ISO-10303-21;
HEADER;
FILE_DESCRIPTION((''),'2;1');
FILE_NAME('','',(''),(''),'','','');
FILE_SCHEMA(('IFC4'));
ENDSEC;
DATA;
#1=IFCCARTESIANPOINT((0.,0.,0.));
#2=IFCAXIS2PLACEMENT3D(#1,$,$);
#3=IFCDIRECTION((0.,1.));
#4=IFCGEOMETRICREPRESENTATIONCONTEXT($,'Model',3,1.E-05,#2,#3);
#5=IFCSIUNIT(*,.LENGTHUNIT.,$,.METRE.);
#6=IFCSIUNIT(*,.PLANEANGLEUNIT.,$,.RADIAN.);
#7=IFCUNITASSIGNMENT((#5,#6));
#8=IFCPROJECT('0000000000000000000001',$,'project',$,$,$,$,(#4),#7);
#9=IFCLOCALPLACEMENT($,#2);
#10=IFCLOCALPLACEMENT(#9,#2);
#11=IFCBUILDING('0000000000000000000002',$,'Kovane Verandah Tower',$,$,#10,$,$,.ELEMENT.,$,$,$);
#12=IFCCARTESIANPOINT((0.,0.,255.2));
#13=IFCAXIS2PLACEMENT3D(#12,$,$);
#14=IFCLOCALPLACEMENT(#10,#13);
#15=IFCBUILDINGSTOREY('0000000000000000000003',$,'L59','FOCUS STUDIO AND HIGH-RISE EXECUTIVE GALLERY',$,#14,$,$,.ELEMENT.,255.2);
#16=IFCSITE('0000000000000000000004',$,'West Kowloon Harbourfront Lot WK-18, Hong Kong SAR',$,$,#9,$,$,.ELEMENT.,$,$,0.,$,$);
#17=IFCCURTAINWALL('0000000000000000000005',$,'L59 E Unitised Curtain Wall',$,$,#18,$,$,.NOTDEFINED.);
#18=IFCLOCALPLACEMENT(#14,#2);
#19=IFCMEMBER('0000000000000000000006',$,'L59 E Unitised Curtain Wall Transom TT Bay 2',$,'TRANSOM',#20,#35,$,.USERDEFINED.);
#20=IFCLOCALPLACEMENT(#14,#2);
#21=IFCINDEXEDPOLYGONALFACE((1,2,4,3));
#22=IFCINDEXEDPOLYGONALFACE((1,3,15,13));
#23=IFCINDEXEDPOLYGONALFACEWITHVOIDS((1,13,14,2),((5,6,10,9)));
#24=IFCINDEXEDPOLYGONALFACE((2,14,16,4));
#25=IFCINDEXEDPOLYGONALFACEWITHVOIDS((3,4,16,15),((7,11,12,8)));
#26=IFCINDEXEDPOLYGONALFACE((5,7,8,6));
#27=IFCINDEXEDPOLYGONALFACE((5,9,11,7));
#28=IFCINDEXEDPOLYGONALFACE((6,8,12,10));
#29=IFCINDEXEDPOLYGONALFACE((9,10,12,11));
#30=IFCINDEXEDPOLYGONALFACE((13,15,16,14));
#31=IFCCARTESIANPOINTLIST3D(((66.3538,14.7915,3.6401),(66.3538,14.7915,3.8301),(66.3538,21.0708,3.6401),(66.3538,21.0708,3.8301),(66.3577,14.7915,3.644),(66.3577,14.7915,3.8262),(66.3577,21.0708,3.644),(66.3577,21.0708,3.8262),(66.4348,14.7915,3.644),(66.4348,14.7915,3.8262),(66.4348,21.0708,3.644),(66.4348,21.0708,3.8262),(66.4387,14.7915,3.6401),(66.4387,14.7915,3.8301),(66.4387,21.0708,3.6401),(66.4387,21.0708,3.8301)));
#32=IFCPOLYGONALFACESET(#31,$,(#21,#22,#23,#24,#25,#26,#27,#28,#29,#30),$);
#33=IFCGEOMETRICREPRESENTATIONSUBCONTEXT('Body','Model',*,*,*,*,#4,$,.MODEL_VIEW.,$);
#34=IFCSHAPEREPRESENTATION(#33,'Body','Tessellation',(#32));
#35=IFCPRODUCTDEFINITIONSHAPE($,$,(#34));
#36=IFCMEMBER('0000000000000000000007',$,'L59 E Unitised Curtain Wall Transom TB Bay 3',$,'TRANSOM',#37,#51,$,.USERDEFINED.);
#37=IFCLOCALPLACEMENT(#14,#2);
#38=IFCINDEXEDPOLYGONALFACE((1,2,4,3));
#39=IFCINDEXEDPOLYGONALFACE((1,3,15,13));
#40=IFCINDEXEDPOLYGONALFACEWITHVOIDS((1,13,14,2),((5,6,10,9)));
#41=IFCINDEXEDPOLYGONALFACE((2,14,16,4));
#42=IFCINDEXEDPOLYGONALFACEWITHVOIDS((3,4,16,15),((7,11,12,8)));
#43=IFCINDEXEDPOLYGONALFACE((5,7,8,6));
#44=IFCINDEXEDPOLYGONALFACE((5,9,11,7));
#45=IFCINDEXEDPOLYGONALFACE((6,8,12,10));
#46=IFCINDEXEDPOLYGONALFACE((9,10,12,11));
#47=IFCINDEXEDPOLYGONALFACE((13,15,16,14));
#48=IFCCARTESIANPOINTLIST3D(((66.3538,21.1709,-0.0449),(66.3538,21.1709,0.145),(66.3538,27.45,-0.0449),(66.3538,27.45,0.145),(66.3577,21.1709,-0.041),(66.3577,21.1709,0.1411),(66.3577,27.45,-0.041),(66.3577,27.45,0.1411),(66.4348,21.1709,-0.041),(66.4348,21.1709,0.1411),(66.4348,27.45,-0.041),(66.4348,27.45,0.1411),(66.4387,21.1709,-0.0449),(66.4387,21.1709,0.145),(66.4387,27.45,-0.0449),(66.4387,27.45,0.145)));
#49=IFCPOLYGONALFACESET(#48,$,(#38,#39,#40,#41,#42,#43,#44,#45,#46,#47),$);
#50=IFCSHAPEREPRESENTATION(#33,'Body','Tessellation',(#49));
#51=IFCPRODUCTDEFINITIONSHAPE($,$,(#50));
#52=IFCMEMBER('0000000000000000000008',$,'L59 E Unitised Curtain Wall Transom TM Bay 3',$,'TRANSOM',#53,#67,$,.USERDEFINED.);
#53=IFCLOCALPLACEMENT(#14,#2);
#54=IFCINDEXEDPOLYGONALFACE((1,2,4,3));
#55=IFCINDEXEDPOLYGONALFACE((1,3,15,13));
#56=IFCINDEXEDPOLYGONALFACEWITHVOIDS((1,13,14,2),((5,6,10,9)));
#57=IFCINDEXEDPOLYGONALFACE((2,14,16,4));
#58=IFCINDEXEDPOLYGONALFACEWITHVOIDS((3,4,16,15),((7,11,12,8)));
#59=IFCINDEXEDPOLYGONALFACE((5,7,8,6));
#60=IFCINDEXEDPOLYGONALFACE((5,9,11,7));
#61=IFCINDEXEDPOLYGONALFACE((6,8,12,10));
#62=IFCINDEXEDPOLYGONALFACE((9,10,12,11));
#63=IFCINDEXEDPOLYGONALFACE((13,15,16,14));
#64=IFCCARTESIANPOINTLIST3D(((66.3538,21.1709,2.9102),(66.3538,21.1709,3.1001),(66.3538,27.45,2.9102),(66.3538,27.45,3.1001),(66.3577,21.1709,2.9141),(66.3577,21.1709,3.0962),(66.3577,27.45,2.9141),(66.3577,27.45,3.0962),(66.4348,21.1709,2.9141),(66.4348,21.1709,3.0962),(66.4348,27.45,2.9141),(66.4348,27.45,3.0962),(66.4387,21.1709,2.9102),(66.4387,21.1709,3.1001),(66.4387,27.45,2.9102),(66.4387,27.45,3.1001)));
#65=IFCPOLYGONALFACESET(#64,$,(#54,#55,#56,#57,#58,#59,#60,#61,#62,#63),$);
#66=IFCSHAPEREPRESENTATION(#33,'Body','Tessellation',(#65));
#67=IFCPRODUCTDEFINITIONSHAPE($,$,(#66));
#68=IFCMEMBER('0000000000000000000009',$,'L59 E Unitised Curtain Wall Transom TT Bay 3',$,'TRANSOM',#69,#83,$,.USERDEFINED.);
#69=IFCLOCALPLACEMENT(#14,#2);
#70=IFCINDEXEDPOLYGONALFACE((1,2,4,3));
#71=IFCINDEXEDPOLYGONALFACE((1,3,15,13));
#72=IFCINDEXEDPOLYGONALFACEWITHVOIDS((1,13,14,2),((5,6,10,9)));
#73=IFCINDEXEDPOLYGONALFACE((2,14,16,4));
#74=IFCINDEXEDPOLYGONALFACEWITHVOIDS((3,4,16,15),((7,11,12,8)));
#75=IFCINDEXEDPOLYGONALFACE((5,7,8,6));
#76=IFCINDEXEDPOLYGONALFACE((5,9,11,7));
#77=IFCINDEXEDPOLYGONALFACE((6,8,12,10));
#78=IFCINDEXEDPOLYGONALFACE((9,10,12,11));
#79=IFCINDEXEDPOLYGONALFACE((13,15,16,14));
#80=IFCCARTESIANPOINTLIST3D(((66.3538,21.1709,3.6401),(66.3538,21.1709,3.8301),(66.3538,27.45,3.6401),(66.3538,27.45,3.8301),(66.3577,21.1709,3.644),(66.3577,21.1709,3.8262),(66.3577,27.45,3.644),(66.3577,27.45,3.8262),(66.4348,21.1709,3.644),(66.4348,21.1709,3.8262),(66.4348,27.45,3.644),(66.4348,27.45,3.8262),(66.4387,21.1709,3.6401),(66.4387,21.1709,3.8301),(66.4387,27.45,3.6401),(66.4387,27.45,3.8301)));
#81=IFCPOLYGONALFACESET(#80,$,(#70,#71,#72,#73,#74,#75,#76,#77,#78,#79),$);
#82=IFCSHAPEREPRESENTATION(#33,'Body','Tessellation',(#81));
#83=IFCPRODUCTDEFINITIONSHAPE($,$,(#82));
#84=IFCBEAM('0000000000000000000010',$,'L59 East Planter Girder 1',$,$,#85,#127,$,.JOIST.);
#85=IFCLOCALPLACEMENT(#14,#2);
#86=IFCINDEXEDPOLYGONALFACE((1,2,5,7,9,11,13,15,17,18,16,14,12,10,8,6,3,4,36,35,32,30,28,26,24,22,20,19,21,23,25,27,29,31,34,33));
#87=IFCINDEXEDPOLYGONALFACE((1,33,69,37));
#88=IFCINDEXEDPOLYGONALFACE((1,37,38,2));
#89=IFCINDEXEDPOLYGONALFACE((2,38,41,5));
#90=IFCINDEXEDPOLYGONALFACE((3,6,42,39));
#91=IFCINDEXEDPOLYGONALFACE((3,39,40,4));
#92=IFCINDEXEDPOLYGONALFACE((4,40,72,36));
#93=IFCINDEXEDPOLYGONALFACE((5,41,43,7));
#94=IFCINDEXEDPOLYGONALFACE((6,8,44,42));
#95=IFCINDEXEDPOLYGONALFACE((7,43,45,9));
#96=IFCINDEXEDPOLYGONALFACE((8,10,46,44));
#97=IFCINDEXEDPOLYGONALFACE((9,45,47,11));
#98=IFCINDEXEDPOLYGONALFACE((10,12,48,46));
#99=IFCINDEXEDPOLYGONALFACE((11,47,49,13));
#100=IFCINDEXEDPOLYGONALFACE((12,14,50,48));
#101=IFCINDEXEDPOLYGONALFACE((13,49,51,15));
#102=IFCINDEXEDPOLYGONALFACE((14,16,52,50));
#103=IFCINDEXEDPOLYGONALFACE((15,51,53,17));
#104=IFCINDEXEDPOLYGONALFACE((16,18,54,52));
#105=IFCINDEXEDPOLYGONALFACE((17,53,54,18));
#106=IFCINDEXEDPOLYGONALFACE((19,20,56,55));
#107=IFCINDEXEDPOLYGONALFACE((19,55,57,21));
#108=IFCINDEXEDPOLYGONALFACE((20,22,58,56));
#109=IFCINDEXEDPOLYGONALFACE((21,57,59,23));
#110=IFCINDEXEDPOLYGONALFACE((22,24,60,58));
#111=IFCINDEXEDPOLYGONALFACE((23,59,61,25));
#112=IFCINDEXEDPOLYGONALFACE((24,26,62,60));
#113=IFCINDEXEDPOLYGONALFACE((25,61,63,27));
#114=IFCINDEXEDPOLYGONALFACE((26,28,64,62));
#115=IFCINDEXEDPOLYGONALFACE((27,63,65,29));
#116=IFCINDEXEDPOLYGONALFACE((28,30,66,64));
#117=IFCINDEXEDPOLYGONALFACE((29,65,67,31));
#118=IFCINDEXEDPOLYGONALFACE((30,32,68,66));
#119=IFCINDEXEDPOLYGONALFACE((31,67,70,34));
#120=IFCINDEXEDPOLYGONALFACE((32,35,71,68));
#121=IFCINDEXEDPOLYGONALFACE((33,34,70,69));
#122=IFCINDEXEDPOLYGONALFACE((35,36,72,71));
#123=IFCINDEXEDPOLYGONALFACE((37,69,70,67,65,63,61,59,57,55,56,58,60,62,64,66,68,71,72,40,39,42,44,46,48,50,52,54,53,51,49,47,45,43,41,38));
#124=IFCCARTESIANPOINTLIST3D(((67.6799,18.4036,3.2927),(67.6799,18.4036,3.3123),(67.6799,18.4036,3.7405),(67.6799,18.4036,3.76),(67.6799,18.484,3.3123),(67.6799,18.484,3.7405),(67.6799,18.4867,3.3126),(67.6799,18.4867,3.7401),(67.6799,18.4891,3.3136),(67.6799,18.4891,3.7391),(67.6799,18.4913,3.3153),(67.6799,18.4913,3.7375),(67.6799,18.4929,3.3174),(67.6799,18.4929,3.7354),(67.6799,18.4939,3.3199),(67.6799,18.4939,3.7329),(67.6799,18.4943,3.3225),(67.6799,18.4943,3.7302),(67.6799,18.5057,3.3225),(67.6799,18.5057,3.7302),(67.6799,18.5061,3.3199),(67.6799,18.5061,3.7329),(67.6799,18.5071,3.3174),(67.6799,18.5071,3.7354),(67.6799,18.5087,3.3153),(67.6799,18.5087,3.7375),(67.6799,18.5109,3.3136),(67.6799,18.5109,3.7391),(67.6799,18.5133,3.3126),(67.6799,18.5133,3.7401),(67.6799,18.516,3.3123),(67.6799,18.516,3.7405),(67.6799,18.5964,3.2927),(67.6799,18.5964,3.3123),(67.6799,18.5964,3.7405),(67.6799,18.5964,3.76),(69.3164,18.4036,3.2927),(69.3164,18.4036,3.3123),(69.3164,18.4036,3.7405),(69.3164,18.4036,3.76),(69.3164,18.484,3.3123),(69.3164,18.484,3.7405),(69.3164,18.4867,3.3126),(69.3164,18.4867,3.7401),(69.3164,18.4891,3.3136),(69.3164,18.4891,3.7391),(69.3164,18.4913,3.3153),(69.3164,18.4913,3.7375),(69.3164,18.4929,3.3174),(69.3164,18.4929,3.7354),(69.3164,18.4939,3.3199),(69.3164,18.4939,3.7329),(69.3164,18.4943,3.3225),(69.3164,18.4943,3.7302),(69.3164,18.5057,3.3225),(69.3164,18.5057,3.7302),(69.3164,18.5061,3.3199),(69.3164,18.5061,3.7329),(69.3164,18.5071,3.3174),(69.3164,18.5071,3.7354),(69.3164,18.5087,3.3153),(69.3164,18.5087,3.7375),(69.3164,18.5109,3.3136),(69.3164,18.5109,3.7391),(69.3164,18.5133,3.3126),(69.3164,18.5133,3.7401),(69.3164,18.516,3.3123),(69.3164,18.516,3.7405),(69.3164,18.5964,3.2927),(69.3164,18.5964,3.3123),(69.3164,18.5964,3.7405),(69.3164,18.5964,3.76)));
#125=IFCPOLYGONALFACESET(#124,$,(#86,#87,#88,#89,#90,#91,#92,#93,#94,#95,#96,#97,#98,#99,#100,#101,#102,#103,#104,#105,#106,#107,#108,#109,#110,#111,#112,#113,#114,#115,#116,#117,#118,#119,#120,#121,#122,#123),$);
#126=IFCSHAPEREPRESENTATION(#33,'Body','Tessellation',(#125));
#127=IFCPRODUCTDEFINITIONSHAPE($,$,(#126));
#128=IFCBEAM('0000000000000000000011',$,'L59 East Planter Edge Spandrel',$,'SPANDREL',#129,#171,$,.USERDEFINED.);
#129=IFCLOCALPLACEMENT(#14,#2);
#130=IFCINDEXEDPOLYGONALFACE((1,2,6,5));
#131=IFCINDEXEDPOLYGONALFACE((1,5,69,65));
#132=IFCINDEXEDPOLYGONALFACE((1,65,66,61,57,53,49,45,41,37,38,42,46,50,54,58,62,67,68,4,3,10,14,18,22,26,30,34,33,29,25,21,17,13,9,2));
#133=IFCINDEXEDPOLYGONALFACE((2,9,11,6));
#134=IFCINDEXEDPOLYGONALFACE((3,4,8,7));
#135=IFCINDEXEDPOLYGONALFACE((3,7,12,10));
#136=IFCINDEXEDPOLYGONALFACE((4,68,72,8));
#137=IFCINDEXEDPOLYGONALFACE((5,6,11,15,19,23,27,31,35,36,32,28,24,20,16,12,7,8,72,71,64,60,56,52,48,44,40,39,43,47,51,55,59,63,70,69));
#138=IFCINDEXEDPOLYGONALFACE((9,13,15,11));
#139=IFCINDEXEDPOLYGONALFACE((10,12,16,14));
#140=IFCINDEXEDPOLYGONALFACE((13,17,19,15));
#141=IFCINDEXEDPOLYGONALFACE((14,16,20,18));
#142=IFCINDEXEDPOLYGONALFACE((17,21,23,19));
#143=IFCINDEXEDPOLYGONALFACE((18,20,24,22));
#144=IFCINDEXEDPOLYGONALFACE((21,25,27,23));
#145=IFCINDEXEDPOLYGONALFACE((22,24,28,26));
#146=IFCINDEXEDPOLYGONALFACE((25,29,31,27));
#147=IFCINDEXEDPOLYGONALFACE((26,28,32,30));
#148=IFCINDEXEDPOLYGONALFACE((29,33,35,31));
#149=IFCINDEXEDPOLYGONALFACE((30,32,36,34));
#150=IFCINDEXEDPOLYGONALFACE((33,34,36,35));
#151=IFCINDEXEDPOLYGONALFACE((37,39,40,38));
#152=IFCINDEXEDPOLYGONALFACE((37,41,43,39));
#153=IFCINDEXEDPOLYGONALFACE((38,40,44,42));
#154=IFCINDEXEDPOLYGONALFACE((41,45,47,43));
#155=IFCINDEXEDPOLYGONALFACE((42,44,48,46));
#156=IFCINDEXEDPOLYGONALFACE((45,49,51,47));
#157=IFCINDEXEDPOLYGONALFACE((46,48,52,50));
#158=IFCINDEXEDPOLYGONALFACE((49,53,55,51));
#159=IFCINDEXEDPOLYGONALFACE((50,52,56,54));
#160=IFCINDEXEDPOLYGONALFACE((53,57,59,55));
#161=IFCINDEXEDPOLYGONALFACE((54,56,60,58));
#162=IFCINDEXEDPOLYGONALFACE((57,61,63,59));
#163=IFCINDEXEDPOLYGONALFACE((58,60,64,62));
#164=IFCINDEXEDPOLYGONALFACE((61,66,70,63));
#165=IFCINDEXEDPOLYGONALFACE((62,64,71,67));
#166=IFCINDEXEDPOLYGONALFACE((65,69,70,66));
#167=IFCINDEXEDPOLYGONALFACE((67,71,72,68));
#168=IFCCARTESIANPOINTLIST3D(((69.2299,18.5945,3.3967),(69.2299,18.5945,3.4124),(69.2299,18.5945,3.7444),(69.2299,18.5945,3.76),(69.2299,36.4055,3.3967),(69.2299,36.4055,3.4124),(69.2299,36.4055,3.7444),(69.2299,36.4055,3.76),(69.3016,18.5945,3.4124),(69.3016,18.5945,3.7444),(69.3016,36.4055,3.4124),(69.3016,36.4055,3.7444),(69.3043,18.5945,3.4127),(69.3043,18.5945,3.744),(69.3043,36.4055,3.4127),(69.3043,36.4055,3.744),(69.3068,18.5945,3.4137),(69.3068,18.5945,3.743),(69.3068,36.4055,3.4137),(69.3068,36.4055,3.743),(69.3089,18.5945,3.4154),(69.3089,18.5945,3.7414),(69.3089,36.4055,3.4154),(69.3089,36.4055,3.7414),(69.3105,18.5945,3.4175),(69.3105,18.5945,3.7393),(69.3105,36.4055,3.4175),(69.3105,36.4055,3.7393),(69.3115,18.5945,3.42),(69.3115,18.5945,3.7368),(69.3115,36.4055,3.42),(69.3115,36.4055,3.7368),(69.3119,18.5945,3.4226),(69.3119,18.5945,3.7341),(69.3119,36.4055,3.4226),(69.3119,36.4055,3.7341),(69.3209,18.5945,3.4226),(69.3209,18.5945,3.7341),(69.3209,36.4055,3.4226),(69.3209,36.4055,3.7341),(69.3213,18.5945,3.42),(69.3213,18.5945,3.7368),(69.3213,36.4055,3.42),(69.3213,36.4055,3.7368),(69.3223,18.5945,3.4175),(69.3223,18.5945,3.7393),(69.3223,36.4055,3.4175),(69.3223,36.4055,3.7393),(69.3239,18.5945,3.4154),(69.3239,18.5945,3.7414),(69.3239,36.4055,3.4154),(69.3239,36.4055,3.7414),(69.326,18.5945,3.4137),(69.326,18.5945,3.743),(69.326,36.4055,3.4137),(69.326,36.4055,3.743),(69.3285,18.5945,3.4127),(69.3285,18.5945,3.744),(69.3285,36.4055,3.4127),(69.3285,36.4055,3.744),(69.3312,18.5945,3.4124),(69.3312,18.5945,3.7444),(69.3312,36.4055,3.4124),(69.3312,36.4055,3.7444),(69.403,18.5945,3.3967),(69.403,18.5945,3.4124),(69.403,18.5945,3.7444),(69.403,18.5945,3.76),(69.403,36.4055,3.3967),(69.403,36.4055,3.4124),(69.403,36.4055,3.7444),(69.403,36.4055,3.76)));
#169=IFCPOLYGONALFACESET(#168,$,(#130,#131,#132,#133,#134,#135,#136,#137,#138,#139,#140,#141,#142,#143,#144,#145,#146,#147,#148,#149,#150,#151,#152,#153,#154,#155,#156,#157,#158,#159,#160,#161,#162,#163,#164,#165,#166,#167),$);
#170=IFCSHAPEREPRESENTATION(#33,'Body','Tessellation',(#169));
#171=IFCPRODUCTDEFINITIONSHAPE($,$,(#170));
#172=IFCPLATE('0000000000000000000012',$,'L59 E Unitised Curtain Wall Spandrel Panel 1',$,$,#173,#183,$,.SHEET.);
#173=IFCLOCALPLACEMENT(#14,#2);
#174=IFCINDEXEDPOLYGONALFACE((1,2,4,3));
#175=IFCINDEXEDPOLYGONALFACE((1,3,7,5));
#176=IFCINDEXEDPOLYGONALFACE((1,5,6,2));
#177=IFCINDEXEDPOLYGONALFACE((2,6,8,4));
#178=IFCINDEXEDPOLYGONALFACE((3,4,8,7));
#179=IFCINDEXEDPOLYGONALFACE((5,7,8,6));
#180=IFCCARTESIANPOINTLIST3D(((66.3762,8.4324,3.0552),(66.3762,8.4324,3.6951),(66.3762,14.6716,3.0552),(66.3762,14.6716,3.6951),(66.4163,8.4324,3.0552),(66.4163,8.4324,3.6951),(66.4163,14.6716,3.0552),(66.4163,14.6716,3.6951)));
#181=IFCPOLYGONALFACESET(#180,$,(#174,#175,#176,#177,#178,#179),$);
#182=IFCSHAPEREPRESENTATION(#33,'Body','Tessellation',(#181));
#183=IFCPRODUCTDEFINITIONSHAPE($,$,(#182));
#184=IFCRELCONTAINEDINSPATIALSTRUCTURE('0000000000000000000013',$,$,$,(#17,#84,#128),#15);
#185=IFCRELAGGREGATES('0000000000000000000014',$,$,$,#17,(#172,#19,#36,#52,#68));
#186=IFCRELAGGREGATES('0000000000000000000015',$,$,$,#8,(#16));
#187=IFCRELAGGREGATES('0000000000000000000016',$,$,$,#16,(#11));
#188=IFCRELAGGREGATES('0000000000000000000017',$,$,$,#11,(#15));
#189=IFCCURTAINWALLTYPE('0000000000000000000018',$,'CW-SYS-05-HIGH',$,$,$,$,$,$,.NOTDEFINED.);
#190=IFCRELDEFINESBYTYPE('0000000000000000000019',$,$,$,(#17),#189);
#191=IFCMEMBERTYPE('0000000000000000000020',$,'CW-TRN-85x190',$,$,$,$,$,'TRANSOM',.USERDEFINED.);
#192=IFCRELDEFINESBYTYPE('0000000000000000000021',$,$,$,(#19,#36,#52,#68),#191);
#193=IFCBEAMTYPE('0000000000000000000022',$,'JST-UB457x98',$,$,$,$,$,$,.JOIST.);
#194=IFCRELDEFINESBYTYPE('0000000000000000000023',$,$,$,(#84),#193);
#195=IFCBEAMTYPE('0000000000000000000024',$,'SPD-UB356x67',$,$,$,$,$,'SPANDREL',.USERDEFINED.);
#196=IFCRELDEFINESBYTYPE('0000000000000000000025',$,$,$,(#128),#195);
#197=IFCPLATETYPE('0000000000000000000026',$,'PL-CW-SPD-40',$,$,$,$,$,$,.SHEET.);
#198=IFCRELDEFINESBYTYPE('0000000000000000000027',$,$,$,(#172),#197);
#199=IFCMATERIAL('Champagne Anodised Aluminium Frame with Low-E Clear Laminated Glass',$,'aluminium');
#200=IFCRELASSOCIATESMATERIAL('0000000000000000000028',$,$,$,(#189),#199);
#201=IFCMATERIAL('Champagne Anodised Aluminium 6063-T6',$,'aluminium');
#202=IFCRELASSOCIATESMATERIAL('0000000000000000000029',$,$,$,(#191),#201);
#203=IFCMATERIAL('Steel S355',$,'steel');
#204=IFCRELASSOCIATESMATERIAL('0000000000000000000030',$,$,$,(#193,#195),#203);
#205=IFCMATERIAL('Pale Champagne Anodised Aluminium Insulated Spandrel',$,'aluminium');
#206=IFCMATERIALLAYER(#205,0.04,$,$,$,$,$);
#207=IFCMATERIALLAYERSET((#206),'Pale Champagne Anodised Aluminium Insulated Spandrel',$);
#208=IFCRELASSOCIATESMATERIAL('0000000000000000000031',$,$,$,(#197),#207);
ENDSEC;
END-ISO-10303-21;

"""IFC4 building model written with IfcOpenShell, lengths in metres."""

from ifc_helpers import new_model, si_unit, direction, frame, origin, origin_2d, place, context, subcontext, project, spatial, rectangle, hollow_rectangle, i_section, extrude, material, layer, layer_set, material_profile, profile_set, type_object, element, aggregate, save


model = new_model("IFC4")

# Units and contexts
model_context = context("Model", 3, precision=1e-05, world=origin(), true_north=direction((0.0, 1.0)))
body_context = subcontext(model_context, "Body", "Model", "MODEL_VIEW")
ifc_project = project(units=[si_unit("LENGTHUNIT", "METRE"), si_unit("PLANEANGLEUNIT", "RADIAN")], contexts=[model_context])

# Site, building, storey
site_placement = place(None, origin())
site = spatial("IfcSite", under=ifc_project, at=site_placement, Name="West Kowloon Harbourfront Lot WK-18, Hong Kong SAR", CompositionType="ELEMENT", RefElevation=0.0)
building_placement = place(site_placement, origin())
building = spatial("IfcBuilding", under=site, at=building_placement, Name="Kovane Verandah Tower", CompositionType="ELEMENT")
storey_placement = place(building_placement, frame((0.0, 0.0, 255.2)))
storey = spatial("IfcBuildingStorey", under=building, at=storey_placement, Name="L59", Description="FOCUS STUDIO AND HIGH-RISE EXECUTIVE GALLERY", CompositionType="ELEMENT", Elevation=255.2)

# Curtain wall, members
ifc_material_1 = material(Name="Champagne Anodised Aluminium Frame with Low-E Clear Laminated Glass", Category="aluminium")
curtain_wall_type = type_object("IfcCurtainWallType", Name="CW-SYS-05-HIGH", PredefinedType="NOTDEFINED", material=ifc_material_1)
curtain_wall_placement = place(storey_placement, origin())
curtain_wall = element("IfcCurtainWall", 1, at=curtain_wall_placement, inside=storey, type_object=curtain_wall_type, Name="L59 E Unitised Curtain Wall", PredefinedType="NOTDEFINED")
ifc_material_2 = material(Name="Champagne Anodised Aluminium 6063-T6", Category="aluminium")
ifc_material_profile_1 = material_profile(ifc_material_2, hollow_rectangle(XDim=0.085, YDim=0.1899, WallThickness=0.0039, at=origin_2d()), Name="AL85x190x4")
ifc_profile_set_1 = profile_set([ifc_material_profile_1], Name="Champagne Anodised Aluminium 6063-T6")
member_type_1 = type_object("IfcMemberType", Name="CW-TRN-85x190", ElementType="TRANSOM", PredefinedType="USERDEFINED", material=ifc_profile_set_1)
member_1_placement = place(storey_placement, frame((66.3962, 14.7915, 3.7351), z_axis=(0.0, 1.0, 0.0), x_axis=(-1.0, 0.0, 0.0)))
member_1 = element("IfcMember", 2, at=member_1_placement, type_object=member_type_1, Name="L59 E Unitised Curtain Wall Transom TT Bay 2", ObjectType="TRANSOM", PredefinedType="USERDEFINED", context=body_context, shape_type="SweptSolid", body=[
    extrude(hollow_rectangle(XDim=0.085, YDim=0.1899, WallThickness=0.0039, at=origin_2d()), origin(), (0.0, 0.0, 1.0), 6.2793),
])
member_2_placement = place(storey_placement, frame((66.3962, 21.1709, 0.05), z_axis=(0.0, 1.0, 0.0), x_axis=(-1.0, 0.0, 0.0)))
member_2 = element("IfcMember", 3, at=member_2_placement, type_object=member_type_1, Name="L59 E Unitised Curtain Wall Transom TB Bay 3", ObjectType="TRANSOM", PredefinedType="USERDEFINED", context=body_context, shape_type="SweptSolid", body=[
    extrude(hollow_rectangle(XDim=0.085, YDim=0.1899, WallThickness=0.0039, at=origin_2d()), origin(), (0.0, 0.0, 1.0), 6.2791),
])
member_3_placement = place(storey_placement, frame((66.3962, 21.1709, 3.0051), z_axis=(0.0, 1.0, 0.0), x_axis=(-1.0, 0.0, 0.0)))
member_3 = element("IfcMember", 4, at=member_3_placement, type_object=member_type_1, Name="L59 E Unitised Curtain Wall Transom TM Bay 3", ObjectType="TRANSOM", PredefinedType="USERDEFINED", context=body_context, shape_type="SweptSolid", body=[
    extrude(hollow_rectangle(XDim=0.085, YDim=0.1899, WallThickness=0.0039, at=origin_2d()), origin(), (0.0, 0.0, 1.0), 6.2791),
])
member_4_placement = place(storey_placement, frame((66.3962, 21.1709, 3.7351), z_axis=(0.0, 1.0, 0.0), x_axis=(-1.0, 0.0, 0.0)))
member_4 = element("IfcMember", 5, at=member_4_placement, type_object=member_type_1, Name="L59 E Unitised Curtain Wall Transom TT Bay 3", ObjectType="TRANSOM", PredefinedType="USERDEFINED", context=body_context, shape_type="SweptSolid", body=[
    extrude(hollow_rectangle(XDim=0.085, YDim=0.1899, WallThickness=0.0039, at=origin_2d()), origin(), (0.0, 0.0, 1.0), 6.2791),
])

# Beams
ifc_material_3 = material(Name="Steel S355", Category="steel")
ifc_material_profile_2 = material_profile(ifc_material_3, i_section(OverallWidth=0.1929, OverallDepth=0.4673, WebThickness=0.0115, FlangeThickness=0.0195, FilletRadius=0.0103, at=origin_2d()), Name="UB457x191x98")
ifc_profile_set_2 = profile_set([ifc_material_profile_2], Name="Steel S355")
beam_type_1 = type_object("IfcBeamType", Name="JST-UB457x98", PredefinedType="JOIST", material=ifc_profile_set_2)
beam_1_placement = place(storey_placement, frame((67.6799, 18.5, 3.5264), z_axis=(1.0, 0.0, 0.0), x_axis=(0.0, 1.0, 0.0)))
element("IfcBeam", 6, at=beam_1_placement, inside=storey, type_object=beam_type_1, Name="L59 East Planter Girder 1", PredefinedType="JOIST", context=body_context, shape_type="SweptSolid", body=[
    extrude(i_section(OverallWidth=0.1929, OverallDepth=0.4673, WebThickness=0.0115, FlangeThickness=0.0195, FilletRadius=0.0103, at=origin_2d()), origin(), (0.0, 0.0, 1.0), 1.6365),
])
ifc_material_profile_3 = material_profile(ifc_material_3, i_section(OverallWidth=0.1731, OverallDepth=0.3633, WebThickness=0.009, FlangeThickness=0.0156, FilletRadius=0.0103, at=origin_2d()), Name="UB356x171x67")
ifc_profile_set_3 = profile_set([ifc_material_profile_3], Name="Steel S355")
beam_type_2 = type_object("IfcBeamType", Name="SPD-UB356x67", ElementType="SPANDREL", PredefinedType="USERDEFINED", material=ifc_profile_set_3)
beam_2_placement = place(storey_placement, frame((69.3164, 18.5945, 3.5784), z_axis=(0.0, 1.0, 0.0), x_axis=(-1.0, 0.0, 0.0)))
element("IfcBeam", 7, at=beam_2_placement, inside=storey, type_object=beam_type_2, Name="L59 East Planter Edge Spandrel", ObjectType="SPANDREL", PredefinedType="USERDEFINED", context=body_context, shape_type="SweptSolid", body=[
    extrude(i_section(OverallWidth=0.1731, OverallDepth=0.3633, WebThickness=0.009, FlangeThickness=0.0156, FilletRadius=0.0103, at=origin_2d()), origin(), (0.0, 0.0, 1.0), 17.811),
])

# Plate
ifc_material_4 = material(Name="Pale Champagne Anodised Aluminium Insulated Spandrel", Category="aluminium")
ifc_layer_1 = layer(ifc_material_4, 0.04)
ifc_layer_set_1 = layer_set([ifc_layer_1], Name="Pale Champagne Anodised Aluminium Insulated Spandrel")
plate_type_1 = type_object("IfcPlateType", Name="PL-CW-SPD-40", PredefinedType="SHEET", material=ifc_layer_set_1)
plate_1_placement = place(storey_placement, frame((66.3962, 11.552, 3.0552), z_axis=(0.0, 0.0, 1.0), x_axis=(0.0, 1.0, 0.0)))
plate_1 = element("IfcPlate", 8, at=plate_1_placement, type_object=plate_type_1, Name="L59 E Unitised Curtain Wall Spandrel Panel 1", PredefinedType="SHEET", context=body_context, shape_type="SweptSolid", body=[
    extrude(rectangle(XDim=6.2393, YDim=0.04, at=origin_2d()), origin(), (0.0, 0.0, 1.0), 0.6399),
])
aggregate(curtain_wall, [plate_1, member_1, member_2, member_3, member_4])

save(model, "model.ifc")
